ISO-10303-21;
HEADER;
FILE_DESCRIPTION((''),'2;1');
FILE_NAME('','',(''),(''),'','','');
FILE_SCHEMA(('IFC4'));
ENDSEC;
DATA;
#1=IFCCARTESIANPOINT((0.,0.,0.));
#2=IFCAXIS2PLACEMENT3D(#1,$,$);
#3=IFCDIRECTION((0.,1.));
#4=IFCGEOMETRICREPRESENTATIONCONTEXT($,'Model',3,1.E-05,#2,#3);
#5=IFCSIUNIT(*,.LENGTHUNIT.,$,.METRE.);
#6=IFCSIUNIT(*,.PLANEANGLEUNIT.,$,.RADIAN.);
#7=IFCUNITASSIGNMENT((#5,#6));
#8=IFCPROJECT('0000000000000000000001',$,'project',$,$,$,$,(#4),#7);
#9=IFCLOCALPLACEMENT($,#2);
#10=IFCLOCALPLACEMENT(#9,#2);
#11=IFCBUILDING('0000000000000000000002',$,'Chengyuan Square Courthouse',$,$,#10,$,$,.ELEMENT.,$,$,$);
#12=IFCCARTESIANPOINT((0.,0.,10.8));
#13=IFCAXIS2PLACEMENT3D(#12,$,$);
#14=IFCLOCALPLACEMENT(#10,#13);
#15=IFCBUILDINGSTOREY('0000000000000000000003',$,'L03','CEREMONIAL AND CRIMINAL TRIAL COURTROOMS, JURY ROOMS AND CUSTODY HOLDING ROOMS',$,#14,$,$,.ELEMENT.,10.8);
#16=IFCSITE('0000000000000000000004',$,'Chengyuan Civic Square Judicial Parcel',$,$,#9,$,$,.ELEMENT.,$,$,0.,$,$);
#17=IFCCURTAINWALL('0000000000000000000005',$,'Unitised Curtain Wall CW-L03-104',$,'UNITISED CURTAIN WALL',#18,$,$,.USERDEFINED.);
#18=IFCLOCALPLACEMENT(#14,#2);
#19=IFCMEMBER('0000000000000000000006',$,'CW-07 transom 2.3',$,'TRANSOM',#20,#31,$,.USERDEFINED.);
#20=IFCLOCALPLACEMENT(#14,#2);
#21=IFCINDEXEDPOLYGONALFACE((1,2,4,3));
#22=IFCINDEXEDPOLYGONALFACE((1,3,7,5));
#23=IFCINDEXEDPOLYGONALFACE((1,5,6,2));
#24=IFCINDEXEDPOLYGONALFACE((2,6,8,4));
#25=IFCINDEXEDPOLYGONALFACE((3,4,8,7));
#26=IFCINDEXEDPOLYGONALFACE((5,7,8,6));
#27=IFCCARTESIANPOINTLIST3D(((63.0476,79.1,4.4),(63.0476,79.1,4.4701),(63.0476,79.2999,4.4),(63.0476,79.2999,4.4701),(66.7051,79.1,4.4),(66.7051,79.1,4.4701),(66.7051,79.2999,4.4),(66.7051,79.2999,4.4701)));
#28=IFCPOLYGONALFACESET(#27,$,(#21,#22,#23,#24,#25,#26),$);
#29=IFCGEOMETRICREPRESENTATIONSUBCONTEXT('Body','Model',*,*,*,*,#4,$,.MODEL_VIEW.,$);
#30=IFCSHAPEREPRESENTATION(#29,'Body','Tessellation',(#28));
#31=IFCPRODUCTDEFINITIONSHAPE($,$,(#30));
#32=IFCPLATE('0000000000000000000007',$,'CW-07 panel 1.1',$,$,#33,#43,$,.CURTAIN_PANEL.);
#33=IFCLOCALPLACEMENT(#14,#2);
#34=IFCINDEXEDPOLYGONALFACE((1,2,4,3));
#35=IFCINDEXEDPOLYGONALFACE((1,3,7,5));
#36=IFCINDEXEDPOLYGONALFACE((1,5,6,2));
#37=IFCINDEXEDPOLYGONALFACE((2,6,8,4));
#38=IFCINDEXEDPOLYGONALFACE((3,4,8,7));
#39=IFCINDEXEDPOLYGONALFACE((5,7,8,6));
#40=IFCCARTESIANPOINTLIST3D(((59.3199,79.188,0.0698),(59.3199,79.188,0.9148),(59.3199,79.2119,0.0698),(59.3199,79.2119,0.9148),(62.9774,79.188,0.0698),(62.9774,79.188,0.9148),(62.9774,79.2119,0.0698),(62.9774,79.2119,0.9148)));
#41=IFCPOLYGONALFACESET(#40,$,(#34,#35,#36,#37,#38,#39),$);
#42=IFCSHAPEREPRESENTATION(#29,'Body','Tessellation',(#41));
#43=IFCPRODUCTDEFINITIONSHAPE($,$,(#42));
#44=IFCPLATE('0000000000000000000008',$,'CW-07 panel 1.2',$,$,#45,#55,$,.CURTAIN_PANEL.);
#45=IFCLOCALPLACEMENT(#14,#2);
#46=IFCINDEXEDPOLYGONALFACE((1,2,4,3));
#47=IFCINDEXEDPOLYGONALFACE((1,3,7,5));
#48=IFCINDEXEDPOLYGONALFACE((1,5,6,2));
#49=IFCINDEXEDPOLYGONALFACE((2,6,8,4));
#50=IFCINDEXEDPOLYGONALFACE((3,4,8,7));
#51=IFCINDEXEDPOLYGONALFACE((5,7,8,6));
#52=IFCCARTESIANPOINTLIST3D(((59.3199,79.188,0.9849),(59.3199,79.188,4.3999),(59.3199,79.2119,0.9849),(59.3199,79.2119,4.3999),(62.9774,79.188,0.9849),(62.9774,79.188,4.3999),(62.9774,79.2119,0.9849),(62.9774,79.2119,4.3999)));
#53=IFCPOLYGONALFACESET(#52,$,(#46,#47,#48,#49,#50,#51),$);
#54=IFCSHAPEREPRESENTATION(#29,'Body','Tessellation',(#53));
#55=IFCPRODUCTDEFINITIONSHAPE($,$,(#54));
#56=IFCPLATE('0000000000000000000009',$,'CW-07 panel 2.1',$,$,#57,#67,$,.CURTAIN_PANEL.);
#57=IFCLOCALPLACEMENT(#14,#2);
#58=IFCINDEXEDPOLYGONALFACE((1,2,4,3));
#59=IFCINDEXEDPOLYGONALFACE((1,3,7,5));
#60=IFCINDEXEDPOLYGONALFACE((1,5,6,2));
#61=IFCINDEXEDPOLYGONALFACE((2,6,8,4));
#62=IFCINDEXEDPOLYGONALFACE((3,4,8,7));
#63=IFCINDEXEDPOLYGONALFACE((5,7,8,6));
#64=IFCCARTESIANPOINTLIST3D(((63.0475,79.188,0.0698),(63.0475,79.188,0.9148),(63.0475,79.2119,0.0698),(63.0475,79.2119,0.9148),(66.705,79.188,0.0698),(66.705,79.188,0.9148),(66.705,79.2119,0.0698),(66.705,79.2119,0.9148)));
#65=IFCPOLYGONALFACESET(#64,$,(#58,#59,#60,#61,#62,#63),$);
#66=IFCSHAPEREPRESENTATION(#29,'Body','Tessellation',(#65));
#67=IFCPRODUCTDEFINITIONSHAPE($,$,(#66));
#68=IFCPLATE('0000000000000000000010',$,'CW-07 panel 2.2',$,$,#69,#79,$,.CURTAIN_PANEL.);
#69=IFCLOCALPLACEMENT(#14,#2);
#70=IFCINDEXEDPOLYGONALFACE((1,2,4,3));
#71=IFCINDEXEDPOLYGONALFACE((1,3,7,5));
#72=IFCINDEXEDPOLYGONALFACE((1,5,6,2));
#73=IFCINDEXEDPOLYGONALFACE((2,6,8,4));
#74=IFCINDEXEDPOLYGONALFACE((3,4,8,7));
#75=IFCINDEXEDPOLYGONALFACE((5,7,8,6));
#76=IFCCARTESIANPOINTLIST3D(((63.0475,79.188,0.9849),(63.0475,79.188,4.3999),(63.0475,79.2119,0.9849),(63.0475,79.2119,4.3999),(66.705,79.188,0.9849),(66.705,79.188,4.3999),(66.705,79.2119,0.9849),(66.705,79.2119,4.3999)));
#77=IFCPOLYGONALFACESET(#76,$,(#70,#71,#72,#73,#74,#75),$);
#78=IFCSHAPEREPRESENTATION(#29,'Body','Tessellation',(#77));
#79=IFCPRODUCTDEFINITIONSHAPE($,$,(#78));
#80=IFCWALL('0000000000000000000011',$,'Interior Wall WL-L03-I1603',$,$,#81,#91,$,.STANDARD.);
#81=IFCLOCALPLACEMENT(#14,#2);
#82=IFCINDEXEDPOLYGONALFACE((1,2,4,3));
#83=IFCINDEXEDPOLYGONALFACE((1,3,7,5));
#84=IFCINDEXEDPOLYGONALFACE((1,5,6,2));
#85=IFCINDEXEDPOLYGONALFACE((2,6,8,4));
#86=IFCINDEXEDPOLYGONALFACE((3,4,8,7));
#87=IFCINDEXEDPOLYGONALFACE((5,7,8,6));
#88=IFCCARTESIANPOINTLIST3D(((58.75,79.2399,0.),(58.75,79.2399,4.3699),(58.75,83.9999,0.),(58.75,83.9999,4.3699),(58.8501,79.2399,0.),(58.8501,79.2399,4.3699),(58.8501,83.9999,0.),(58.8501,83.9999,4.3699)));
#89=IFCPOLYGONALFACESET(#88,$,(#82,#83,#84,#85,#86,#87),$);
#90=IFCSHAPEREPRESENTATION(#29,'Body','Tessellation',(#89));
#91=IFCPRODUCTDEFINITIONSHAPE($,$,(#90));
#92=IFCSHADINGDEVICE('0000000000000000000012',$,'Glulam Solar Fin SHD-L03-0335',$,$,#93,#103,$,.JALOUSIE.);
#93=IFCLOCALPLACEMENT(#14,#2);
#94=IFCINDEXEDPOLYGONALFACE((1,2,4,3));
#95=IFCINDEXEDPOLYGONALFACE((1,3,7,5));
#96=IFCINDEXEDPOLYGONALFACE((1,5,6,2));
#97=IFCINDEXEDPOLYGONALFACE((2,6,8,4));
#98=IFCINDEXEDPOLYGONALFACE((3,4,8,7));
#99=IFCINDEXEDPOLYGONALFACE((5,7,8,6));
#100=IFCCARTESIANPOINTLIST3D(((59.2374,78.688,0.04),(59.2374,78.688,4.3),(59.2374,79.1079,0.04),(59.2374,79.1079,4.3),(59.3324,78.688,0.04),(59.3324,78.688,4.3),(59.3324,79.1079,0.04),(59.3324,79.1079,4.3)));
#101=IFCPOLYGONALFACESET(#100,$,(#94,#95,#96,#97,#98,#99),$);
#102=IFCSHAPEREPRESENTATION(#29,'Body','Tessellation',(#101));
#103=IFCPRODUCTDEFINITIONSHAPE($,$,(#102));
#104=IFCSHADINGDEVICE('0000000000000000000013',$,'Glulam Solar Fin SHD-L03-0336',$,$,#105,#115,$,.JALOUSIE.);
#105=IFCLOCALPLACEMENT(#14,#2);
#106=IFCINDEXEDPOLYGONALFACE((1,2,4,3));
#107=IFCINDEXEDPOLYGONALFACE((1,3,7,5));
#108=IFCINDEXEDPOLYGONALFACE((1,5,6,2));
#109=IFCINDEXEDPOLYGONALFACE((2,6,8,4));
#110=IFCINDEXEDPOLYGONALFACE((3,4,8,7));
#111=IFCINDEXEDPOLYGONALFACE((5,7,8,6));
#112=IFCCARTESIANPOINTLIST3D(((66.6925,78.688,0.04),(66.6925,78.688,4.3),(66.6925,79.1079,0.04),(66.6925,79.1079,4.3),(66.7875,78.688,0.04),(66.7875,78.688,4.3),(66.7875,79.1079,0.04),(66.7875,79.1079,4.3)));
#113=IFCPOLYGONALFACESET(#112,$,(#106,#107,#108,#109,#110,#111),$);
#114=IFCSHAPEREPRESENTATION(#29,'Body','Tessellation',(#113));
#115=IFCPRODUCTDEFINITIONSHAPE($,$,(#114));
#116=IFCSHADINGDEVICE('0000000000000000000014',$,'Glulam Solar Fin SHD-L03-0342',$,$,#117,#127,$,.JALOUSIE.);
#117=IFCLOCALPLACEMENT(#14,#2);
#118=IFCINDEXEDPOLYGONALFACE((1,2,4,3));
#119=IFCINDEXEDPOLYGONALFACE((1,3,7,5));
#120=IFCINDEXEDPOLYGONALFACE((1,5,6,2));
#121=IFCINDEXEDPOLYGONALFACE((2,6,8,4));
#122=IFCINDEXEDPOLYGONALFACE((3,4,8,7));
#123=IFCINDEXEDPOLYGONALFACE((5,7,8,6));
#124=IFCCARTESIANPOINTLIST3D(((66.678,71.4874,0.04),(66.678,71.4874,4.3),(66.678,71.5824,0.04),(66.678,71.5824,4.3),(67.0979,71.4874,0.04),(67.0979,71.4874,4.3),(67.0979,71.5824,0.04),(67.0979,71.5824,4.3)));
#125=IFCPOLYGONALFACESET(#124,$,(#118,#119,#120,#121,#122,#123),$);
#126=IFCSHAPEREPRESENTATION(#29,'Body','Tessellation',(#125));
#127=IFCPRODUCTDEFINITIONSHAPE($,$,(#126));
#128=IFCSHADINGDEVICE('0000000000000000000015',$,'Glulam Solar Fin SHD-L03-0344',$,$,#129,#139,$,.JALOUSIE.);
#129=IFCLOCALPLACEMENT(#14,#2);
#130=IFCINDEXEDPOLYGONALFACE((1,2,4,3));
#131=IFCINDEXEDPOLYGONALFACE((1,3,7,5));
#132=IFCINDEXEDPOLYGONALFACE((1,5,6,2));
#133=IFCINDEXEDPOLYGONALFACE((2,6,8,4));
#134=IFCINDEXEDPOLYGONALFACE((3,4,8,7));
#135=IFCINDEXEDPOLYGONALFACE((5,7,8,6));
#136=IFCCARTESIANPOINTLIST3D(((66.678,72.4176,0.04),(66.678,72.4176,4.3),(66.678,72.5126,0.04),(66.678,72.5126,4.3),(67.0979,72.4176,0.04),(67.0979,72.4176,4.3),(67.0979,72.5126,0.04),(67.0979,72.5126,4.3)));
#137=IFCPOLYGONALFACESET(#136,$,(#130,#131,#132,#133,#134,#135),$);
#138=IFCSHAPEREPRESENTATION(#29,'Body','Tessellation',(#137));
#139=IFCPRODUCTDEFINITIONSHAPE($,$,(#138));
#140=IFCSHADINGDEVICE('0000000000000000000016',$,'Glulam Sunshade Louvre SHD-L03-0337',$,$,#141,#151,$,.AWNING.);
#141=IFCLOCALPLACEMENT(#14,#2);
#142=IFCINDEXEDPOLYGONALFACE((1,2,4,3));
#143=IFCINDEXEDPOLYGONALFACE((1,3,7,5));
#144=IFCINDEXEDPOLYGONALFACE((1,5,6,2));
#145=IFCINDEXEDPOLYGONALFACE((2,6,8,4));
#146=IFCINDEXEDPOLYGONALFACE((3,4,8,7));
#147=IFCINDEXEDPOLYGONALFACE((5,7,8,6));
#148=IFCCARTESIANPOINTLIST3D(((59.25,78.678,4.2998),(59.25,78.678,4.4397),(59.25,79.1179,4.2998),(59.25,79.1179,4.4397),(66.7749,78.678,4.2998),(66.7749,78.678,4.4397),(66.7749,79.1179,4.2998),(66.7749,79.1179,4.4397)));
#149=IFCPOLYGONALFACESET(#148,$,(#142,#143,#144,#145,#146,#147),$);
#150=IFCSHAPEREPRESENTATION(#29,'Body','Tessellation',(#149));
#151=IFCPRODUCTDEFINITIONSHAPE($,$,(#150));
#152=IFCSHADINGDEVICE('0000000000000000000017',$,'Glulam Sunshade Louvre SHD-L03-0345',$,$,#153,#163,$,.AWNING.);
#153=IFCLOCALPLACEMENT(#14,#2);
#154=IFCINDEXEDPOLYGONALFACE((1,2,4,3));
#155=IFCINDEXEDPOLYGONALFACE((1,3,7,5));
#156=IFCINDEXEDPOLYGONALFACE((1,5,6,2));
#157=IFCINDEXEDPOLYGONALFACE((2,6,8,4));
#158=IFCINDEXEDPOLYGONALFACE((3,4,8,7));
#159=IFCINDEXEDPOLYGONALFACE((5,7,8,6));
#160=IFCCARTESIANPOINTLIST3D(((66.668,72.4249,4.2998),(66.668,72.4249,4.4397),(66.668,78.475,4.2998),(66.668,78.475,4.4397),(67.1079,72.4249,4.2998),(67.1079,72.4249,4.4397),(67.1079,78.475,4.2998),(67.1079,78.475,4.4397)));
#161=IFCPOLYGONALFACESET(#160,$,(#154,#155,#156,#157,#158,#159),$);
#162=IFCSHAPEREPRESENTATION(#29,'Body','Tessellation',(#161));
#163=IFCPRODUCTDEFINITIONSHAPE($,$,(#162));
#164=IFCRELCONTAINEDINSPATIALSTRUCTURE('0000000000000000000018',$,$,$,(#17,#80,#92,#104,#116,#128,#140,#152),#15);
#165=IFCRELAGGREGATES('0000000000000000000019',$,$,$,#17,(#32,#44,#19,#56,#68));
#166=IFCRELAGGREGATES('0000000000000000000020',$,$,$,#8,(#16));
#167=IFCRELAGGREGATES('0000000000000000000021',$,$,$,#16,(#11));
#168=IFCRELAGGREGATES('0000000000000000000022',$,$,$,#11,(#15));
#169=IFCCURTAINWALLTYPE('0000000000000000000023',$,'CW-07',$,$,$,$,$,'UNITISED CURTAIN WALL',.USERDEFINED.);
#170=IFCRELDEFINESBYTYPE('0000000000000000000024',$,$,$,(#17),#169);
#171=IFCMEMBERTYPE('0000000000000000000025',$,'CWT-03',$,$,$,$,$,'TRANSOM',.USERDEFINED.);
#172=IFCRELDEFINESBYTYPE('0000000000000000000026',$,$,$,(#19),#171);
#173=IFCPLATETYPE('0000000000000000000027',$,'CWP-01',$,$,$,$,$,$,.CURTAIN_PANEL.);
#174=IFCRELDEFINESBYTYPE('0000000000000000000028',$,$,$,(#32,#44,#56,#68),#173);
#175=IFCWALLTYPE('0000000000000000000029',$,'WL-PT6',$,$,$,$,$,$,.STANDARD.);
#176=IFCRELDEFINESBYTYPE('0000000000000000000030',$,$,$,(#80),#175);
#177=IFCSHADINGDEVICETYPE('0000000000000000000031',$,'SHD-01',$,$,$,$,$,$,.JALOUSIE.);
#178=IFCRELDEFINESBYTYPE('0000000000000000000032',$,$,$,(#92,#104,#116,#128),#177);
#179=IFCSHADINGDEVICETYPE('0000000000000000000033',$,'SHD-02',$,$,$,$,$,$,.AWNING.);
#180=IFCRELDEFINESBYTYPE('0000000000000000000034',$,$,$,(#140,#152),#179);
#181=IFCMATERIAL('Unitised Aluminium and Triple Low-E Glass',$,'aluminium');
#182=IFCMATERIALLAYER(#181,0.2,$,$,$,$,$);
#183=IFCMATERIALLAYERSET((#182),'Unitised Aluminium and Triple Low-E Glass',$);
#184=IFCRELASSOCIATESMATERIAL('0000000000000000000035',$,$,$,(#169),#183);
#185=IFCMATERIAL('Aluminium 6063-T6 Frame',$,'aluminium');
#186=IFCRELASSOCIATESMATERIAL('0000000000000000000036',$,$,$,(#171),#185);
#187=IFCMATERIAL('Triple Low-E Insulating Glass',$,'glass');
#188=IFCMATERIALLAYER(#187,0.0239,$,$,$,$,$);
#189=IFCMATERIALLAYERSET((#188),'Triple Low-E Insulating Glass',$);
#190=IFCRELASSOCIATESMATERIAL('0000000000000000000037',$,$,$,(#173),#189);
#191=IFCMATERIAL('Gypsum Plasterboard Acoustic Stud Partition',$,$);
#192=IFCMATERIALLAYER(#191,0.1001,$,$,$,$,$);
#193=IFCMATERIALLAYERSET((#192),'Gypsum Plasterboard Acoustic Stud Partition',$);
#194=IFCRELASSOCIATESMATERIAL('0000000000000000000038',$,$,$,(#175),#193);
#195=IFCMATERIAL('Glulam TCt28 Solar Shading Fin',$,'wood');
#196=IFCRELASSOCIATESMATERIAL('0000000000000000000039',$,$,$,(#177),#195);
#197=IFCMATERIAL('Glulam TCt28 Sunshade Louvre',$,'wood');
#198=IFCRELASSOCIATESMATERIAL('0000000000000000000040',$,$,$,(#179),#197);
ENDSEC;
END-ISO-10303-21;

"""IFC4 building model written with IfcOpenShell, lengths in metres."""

from ifc_helpers import new_model, si_unit, direction, frame, frame_2d, origin, origin_2d, place, context, subcontext, project, spatial, rectangle, extrude, material, layer, layer_set, material_profile, profile_set, type_object, element, aggregate, save


model = new_model("IFC4")

# Units and contexts
model_context = context("Model", 3, precision=1e-05, world=origin(), true_north=direction((0.0, 1.0)))
body_context = subcontext(model_context, "Body", "Model", "MODEL_VIEW")
ifc_project = project(units=[si_unit("LENGTHUNIT", "METRE"), si_unit("PLANEANGLEUNIT", "RADIAN")], contexts=[model_context])

# Site, building, storey
site_placement = place(None, origin())
site = spatial("IfcSite", under=ifc_project, at=site_placement, Name="Chengyuan Civic Square Judicial Parcel", CompositionType="ELEMENT", RefElevation=0.0)
building_placement = place(site_placement, origin())
building = spatial("IfcBuilding", under=site, at=building_placement, Name="Chengyuan Square Courthouse", CompositionType="ELEMENT")
storey_placement = place(building_placement, frame((0.0, 0.0, 10.8)))
storey = spatial("IfcBuildingStorey", under=building, at=storey_placement, Name="L03", Description="CEREMONIAL AND CRIMINAL TRIAL COURTROOMS, JURY ROOMS AND CUSTODY HOLDING ROOMS", CompositionType="ELEMENT", Elevation=10.8)

# Shared definitions
ifc_material_1 = material(Name="Unitised Aluminium and Triple Low-E Glass", Category="aluminium")
ifc_layer_1 = layer(ifc_material_1, 0.2)
ifc_layer_set_1 = layer_set([ifc_layer_1], Name="Unitised Aluminium and Triple Low-E Glass")
curtain_wall_type = type_object("IfcCurtainWallType", Name="CW-07", ElementType="UNITISED CURTAIN WALL", PredefinedType="USERDEFINED", material=ifc_layer_set_1)
ifc_material_2 = material(Name="Aluminium 6063-T6 Frame", Category="aluminium")

# Curtain wall, member, plates
curtain_wall_1_placement = place(storey_placement, origin())
curtain_wall_1 = element("IfcCurtainWall", 1, at=curtain_wall_1_placement, inside=storey, type_object=curtain_wall_type, Name="Unitised Curtain Wall CW-L03-104", ObjectType="UNITISED CURTAIN WALL", PredefinedType="USERDEFINED")
ifc_material_profile_1 = material_profile(ifc_material_2, rectangle(XDim=0.2, YDim=0.0701, at=origin_2d()), Name="CW-TRN-70x160")
ifc_profile_set_1 = profile_set([ifc_material_profile_1], Name="Aluminium 6063-T6 Frame")
member_type_1 = type_object("IfcMemberType", Name="CWT-03", ElementType="TRANSOM", PredefinedType="USERDEFINED", material=ifc_profile_set_1)
member_1_placement = place(storey_placement, frame((63.0476, 79.2, 4.4351), z_axis=(1.0, 0.0, 0.0), x_axis=(0.0, 1.0, 0.0)))
member_1 = element("IfcMember", 2, at=member_1_placement, type_object=member_type_1, Name="CW-07 transom 2.3", ObjectType="TRANSOM", PredefinedType="USERDEFINED", context=body_context, shape_type="SweptSolid", body=[
    extrude(rectangle(XDim=0.2, YDim=0.0701, at=origin_2d()), origin(), (0.0, 0.0, 1.0), 3.6575),
])
ifc_material_3 = material(Name="Triple Low-E Insulating Glass", Category="glass")
ifc_layer_2 = layer(ifc_material_3, 0.0239)
ifc_layer_set_2 = layer_set([ifc_layer_2], Name="Triple Low-E Insulating Glass")
plate_type = type_object("IfcPlateType", Name="CWP-01", PredefinedType="CURTAIN_PANEL", material=ifc_layer_set_2)
plate_1_placement = place(storey_placement, frame((61.1487, 79.2, 0.0698), z_axis=(0.0, 0.0, 1.0), x_axis=(1.0, 0.0, 0.0)))
plate_1 = element("IfcPlate", 3, at=plate_1_placement, type_object=plate_type, Name="CW-07 panel 1.1", PredefinedType="CURTAIN_PANEL", context=body_context, shape_type="SweptSolid", body=[
    extrude(rectangle(XDim=3.6575, YDim=0.0239, at=origin_2d()), origin(), (0.0, 0.0, 1.0), 0.845),
])
plate_2_placement = place(storey_placement, frame((61.1487, 79.2, 0.9849), z_axis=(0.0, 0.0, 1.0), x_axis=(1.0, 0.0, 0.0)))
plate_2 = element("IfcPlate", 4, at=plate_2_placement, type_object=plate_type, Name="CW-07 panel 1.2", PredefinedType="CURTAIN_PANEL", context=body_context, shape_type="SweptSolid", body=[
    extrude(rectangle(XDim=3.6575, YDim=0.0239, at=origin_2d()), origin(), (0.0, 0.0, 1.0), 3.415),
])
plate_3_placement = place(storey_placement, frame((64.8762, 79.2, 0.0698), z_axis=(0.0, 0.0, 1.0), x_axis=(1.0, 0.0, 0.0)))
plate_3 = element("IfcPlate", 5, at=plate_3_placement, type_object=plate_type, Name="CW-07 panel 2.1", PredefinedType="CURTAIN_PANEL", context=body_context, shape_type="SweptSolid", body=[
    extrude(rectangle(XDim=3.6575, YDim=0.0239, at=origin_2d()), origin(), (0.0, 0.0, 1.0), 0.845),
])
plate_4_placement = place(storey_placement, frame((64.8762, 79.2, 0.9849), z_axis=(0.0, 0.0, 1.0), x_axis=(1.0, 0.0, 0.0)))
plate_4 = element("IfcPlate", 6, at=plate_4_placement, type_object=plate_type, Name="CW-07 panel 2.2", PredefinedType="CURTAIN_PANEL", context=body_context, shape_type="SweptSolid", body=[
    extrude(rectangle(XDim=3.6575, YDim=0.0239, at=origin_2d()), origin(), (0.0, 0.0, 1.0), 3.415),
])
aggregate(curtain_wall_1, [plate_1, plate_2, member_1, plate_3, plate_4])

# Wall
ifc_material_4 = material(Name="Gypsum Plasterboard Acoustic Stud Partition")
ifc_layer_3 = layer(ifc_material_4, 0.1001)
ifc_layer_set_3 = layer_set([ifc_layer_3], Name="Gypsum Plasterboard Acoustic Stud Partition")
wall_type = type_object("IfcWallType", Name="WL-PT6", PredefinedType="STANDARD", material=ifc_layer_set_3)
wall_placement = place(storey_placement, frame((58.8, 79.24, 0.0), z_axis=(0.0, 0.0, 1.0), x_axis=(0.0, 1.0, 0.0)))
element("IfcWall", 7, at=wall_placement, inside=storey, type_object=wall_type, Name="Interior Wall WL-L03-I1603", PredefinedType="STANDARD", context=body_context, shape_type="SweptSolid", body=[
    extrude(rectangle(XDim=4.76, YDim=0.1001, at=frame_2d((2.3799, 0.0))), origin(), (0.0, 0.0, 1.0), 4.3699),
])

# Shading devices
ifc_material_5 = material(Name="Glulam TCt28 Solar Shading Fin", Category="wood")
shading_device_type_1 = type_object("IfcShadingDeviceType", Name="SHD-01", PredefinedType="JALOUSIE", material=ifc_material_5)
for number, where, z_axis, x_axis, name in (
    (8, (59.2849, 78.8979, 0.04), (0.0, 0.0, 1.0), (0.0, 1.0, 0.0), "Glulam Solar Fin SHD-L03-0335"),
    (9, (66.74, 78.8979, 0.04), (0.0, 0.0, 1.0), (0.0, 1.0, 0.0), "Glulam Solar Fin SHD-L03-0336"),
    (10, (66.8879, 71.5349, 0.04), (0.0, 0.0, 1.0), (1.0, 0.0, 0.0), "Glulam Solar Fin SHD-L03-0342"),
    (11, (66.8879, 72.4651, 0.04), (0.0, 0.0, 1.0), (1.0, 0.0, 0.0), "Glulam Solar Fin SHD-L03-0344"),
):
    element("IfcShadingDevice", number, at=place(storey_placement, frame(where, z_axis=z_axis, x_axis=x_axis)), inside=storey, type_object=shading_device_type_1, Name=name, PredefinedType="JALOUSIE", context=body_context, shape_type="SweptSolid", body=[
        extrude(rectangle(XDim=0.4199, YDim=0.095, at=origin_2d()), origin(), (0.0, 0.0, 1.0), 4.26),
    ])
ifc_material_6 = material(Name="Glulam TCt28 Sunshade Louvre", Category="wood")
shading_device_type_2 = type_object("IfcShadingDeviceType", Name="SHD-02", PredefinedType="AWNING", material=ifc_material_6)
shading_device_1_placement = place(storey_placement, frame((63.0125, 78.8979, 4.2998), z_axis=(0.0, 0.0, 1.0), x_axis=(1.0, 0.0, 0.0)))
element("IfcShadingDevice", 12, at=shading_device_1_placement, inside=storey, type_object=shading_device_type_2, Name="Glulam Sunshade Louvre SHD-L03-0337", PredefinedType="AWNING", context=body_context, shape_type="SweptSolid", body=[
    extrude(rectangle(XDim=7.5249, YDim=0.4399, at=origin_2d()), origin(), (0.0, 0.0, 1.0), 0.1399),
])
shading_device_2_placement = place(storey_placement, frame((66.8879, 75.45, 4.2998), z_axis=(0.0, 0.0, 1.0), x_axis=(0.0, 1.0, 0.0)))
element("IfcShadingDevice", 13, at=shading_device_2_placement, inside=storey, type_object=shading_device_type_2, Name="Glulam Sunshade Louvre SHD-L03-0345", PredefinedType="AWNING", context=body_context, shape_type="SweptSolid", body=[
    extrude(rectangle(XDim=6.05, YDim=0.4399, at=origin_2d()), origin(), (0.0, 0.0, 1.0), 0.1399),
])

save(model, "model.ifc")
